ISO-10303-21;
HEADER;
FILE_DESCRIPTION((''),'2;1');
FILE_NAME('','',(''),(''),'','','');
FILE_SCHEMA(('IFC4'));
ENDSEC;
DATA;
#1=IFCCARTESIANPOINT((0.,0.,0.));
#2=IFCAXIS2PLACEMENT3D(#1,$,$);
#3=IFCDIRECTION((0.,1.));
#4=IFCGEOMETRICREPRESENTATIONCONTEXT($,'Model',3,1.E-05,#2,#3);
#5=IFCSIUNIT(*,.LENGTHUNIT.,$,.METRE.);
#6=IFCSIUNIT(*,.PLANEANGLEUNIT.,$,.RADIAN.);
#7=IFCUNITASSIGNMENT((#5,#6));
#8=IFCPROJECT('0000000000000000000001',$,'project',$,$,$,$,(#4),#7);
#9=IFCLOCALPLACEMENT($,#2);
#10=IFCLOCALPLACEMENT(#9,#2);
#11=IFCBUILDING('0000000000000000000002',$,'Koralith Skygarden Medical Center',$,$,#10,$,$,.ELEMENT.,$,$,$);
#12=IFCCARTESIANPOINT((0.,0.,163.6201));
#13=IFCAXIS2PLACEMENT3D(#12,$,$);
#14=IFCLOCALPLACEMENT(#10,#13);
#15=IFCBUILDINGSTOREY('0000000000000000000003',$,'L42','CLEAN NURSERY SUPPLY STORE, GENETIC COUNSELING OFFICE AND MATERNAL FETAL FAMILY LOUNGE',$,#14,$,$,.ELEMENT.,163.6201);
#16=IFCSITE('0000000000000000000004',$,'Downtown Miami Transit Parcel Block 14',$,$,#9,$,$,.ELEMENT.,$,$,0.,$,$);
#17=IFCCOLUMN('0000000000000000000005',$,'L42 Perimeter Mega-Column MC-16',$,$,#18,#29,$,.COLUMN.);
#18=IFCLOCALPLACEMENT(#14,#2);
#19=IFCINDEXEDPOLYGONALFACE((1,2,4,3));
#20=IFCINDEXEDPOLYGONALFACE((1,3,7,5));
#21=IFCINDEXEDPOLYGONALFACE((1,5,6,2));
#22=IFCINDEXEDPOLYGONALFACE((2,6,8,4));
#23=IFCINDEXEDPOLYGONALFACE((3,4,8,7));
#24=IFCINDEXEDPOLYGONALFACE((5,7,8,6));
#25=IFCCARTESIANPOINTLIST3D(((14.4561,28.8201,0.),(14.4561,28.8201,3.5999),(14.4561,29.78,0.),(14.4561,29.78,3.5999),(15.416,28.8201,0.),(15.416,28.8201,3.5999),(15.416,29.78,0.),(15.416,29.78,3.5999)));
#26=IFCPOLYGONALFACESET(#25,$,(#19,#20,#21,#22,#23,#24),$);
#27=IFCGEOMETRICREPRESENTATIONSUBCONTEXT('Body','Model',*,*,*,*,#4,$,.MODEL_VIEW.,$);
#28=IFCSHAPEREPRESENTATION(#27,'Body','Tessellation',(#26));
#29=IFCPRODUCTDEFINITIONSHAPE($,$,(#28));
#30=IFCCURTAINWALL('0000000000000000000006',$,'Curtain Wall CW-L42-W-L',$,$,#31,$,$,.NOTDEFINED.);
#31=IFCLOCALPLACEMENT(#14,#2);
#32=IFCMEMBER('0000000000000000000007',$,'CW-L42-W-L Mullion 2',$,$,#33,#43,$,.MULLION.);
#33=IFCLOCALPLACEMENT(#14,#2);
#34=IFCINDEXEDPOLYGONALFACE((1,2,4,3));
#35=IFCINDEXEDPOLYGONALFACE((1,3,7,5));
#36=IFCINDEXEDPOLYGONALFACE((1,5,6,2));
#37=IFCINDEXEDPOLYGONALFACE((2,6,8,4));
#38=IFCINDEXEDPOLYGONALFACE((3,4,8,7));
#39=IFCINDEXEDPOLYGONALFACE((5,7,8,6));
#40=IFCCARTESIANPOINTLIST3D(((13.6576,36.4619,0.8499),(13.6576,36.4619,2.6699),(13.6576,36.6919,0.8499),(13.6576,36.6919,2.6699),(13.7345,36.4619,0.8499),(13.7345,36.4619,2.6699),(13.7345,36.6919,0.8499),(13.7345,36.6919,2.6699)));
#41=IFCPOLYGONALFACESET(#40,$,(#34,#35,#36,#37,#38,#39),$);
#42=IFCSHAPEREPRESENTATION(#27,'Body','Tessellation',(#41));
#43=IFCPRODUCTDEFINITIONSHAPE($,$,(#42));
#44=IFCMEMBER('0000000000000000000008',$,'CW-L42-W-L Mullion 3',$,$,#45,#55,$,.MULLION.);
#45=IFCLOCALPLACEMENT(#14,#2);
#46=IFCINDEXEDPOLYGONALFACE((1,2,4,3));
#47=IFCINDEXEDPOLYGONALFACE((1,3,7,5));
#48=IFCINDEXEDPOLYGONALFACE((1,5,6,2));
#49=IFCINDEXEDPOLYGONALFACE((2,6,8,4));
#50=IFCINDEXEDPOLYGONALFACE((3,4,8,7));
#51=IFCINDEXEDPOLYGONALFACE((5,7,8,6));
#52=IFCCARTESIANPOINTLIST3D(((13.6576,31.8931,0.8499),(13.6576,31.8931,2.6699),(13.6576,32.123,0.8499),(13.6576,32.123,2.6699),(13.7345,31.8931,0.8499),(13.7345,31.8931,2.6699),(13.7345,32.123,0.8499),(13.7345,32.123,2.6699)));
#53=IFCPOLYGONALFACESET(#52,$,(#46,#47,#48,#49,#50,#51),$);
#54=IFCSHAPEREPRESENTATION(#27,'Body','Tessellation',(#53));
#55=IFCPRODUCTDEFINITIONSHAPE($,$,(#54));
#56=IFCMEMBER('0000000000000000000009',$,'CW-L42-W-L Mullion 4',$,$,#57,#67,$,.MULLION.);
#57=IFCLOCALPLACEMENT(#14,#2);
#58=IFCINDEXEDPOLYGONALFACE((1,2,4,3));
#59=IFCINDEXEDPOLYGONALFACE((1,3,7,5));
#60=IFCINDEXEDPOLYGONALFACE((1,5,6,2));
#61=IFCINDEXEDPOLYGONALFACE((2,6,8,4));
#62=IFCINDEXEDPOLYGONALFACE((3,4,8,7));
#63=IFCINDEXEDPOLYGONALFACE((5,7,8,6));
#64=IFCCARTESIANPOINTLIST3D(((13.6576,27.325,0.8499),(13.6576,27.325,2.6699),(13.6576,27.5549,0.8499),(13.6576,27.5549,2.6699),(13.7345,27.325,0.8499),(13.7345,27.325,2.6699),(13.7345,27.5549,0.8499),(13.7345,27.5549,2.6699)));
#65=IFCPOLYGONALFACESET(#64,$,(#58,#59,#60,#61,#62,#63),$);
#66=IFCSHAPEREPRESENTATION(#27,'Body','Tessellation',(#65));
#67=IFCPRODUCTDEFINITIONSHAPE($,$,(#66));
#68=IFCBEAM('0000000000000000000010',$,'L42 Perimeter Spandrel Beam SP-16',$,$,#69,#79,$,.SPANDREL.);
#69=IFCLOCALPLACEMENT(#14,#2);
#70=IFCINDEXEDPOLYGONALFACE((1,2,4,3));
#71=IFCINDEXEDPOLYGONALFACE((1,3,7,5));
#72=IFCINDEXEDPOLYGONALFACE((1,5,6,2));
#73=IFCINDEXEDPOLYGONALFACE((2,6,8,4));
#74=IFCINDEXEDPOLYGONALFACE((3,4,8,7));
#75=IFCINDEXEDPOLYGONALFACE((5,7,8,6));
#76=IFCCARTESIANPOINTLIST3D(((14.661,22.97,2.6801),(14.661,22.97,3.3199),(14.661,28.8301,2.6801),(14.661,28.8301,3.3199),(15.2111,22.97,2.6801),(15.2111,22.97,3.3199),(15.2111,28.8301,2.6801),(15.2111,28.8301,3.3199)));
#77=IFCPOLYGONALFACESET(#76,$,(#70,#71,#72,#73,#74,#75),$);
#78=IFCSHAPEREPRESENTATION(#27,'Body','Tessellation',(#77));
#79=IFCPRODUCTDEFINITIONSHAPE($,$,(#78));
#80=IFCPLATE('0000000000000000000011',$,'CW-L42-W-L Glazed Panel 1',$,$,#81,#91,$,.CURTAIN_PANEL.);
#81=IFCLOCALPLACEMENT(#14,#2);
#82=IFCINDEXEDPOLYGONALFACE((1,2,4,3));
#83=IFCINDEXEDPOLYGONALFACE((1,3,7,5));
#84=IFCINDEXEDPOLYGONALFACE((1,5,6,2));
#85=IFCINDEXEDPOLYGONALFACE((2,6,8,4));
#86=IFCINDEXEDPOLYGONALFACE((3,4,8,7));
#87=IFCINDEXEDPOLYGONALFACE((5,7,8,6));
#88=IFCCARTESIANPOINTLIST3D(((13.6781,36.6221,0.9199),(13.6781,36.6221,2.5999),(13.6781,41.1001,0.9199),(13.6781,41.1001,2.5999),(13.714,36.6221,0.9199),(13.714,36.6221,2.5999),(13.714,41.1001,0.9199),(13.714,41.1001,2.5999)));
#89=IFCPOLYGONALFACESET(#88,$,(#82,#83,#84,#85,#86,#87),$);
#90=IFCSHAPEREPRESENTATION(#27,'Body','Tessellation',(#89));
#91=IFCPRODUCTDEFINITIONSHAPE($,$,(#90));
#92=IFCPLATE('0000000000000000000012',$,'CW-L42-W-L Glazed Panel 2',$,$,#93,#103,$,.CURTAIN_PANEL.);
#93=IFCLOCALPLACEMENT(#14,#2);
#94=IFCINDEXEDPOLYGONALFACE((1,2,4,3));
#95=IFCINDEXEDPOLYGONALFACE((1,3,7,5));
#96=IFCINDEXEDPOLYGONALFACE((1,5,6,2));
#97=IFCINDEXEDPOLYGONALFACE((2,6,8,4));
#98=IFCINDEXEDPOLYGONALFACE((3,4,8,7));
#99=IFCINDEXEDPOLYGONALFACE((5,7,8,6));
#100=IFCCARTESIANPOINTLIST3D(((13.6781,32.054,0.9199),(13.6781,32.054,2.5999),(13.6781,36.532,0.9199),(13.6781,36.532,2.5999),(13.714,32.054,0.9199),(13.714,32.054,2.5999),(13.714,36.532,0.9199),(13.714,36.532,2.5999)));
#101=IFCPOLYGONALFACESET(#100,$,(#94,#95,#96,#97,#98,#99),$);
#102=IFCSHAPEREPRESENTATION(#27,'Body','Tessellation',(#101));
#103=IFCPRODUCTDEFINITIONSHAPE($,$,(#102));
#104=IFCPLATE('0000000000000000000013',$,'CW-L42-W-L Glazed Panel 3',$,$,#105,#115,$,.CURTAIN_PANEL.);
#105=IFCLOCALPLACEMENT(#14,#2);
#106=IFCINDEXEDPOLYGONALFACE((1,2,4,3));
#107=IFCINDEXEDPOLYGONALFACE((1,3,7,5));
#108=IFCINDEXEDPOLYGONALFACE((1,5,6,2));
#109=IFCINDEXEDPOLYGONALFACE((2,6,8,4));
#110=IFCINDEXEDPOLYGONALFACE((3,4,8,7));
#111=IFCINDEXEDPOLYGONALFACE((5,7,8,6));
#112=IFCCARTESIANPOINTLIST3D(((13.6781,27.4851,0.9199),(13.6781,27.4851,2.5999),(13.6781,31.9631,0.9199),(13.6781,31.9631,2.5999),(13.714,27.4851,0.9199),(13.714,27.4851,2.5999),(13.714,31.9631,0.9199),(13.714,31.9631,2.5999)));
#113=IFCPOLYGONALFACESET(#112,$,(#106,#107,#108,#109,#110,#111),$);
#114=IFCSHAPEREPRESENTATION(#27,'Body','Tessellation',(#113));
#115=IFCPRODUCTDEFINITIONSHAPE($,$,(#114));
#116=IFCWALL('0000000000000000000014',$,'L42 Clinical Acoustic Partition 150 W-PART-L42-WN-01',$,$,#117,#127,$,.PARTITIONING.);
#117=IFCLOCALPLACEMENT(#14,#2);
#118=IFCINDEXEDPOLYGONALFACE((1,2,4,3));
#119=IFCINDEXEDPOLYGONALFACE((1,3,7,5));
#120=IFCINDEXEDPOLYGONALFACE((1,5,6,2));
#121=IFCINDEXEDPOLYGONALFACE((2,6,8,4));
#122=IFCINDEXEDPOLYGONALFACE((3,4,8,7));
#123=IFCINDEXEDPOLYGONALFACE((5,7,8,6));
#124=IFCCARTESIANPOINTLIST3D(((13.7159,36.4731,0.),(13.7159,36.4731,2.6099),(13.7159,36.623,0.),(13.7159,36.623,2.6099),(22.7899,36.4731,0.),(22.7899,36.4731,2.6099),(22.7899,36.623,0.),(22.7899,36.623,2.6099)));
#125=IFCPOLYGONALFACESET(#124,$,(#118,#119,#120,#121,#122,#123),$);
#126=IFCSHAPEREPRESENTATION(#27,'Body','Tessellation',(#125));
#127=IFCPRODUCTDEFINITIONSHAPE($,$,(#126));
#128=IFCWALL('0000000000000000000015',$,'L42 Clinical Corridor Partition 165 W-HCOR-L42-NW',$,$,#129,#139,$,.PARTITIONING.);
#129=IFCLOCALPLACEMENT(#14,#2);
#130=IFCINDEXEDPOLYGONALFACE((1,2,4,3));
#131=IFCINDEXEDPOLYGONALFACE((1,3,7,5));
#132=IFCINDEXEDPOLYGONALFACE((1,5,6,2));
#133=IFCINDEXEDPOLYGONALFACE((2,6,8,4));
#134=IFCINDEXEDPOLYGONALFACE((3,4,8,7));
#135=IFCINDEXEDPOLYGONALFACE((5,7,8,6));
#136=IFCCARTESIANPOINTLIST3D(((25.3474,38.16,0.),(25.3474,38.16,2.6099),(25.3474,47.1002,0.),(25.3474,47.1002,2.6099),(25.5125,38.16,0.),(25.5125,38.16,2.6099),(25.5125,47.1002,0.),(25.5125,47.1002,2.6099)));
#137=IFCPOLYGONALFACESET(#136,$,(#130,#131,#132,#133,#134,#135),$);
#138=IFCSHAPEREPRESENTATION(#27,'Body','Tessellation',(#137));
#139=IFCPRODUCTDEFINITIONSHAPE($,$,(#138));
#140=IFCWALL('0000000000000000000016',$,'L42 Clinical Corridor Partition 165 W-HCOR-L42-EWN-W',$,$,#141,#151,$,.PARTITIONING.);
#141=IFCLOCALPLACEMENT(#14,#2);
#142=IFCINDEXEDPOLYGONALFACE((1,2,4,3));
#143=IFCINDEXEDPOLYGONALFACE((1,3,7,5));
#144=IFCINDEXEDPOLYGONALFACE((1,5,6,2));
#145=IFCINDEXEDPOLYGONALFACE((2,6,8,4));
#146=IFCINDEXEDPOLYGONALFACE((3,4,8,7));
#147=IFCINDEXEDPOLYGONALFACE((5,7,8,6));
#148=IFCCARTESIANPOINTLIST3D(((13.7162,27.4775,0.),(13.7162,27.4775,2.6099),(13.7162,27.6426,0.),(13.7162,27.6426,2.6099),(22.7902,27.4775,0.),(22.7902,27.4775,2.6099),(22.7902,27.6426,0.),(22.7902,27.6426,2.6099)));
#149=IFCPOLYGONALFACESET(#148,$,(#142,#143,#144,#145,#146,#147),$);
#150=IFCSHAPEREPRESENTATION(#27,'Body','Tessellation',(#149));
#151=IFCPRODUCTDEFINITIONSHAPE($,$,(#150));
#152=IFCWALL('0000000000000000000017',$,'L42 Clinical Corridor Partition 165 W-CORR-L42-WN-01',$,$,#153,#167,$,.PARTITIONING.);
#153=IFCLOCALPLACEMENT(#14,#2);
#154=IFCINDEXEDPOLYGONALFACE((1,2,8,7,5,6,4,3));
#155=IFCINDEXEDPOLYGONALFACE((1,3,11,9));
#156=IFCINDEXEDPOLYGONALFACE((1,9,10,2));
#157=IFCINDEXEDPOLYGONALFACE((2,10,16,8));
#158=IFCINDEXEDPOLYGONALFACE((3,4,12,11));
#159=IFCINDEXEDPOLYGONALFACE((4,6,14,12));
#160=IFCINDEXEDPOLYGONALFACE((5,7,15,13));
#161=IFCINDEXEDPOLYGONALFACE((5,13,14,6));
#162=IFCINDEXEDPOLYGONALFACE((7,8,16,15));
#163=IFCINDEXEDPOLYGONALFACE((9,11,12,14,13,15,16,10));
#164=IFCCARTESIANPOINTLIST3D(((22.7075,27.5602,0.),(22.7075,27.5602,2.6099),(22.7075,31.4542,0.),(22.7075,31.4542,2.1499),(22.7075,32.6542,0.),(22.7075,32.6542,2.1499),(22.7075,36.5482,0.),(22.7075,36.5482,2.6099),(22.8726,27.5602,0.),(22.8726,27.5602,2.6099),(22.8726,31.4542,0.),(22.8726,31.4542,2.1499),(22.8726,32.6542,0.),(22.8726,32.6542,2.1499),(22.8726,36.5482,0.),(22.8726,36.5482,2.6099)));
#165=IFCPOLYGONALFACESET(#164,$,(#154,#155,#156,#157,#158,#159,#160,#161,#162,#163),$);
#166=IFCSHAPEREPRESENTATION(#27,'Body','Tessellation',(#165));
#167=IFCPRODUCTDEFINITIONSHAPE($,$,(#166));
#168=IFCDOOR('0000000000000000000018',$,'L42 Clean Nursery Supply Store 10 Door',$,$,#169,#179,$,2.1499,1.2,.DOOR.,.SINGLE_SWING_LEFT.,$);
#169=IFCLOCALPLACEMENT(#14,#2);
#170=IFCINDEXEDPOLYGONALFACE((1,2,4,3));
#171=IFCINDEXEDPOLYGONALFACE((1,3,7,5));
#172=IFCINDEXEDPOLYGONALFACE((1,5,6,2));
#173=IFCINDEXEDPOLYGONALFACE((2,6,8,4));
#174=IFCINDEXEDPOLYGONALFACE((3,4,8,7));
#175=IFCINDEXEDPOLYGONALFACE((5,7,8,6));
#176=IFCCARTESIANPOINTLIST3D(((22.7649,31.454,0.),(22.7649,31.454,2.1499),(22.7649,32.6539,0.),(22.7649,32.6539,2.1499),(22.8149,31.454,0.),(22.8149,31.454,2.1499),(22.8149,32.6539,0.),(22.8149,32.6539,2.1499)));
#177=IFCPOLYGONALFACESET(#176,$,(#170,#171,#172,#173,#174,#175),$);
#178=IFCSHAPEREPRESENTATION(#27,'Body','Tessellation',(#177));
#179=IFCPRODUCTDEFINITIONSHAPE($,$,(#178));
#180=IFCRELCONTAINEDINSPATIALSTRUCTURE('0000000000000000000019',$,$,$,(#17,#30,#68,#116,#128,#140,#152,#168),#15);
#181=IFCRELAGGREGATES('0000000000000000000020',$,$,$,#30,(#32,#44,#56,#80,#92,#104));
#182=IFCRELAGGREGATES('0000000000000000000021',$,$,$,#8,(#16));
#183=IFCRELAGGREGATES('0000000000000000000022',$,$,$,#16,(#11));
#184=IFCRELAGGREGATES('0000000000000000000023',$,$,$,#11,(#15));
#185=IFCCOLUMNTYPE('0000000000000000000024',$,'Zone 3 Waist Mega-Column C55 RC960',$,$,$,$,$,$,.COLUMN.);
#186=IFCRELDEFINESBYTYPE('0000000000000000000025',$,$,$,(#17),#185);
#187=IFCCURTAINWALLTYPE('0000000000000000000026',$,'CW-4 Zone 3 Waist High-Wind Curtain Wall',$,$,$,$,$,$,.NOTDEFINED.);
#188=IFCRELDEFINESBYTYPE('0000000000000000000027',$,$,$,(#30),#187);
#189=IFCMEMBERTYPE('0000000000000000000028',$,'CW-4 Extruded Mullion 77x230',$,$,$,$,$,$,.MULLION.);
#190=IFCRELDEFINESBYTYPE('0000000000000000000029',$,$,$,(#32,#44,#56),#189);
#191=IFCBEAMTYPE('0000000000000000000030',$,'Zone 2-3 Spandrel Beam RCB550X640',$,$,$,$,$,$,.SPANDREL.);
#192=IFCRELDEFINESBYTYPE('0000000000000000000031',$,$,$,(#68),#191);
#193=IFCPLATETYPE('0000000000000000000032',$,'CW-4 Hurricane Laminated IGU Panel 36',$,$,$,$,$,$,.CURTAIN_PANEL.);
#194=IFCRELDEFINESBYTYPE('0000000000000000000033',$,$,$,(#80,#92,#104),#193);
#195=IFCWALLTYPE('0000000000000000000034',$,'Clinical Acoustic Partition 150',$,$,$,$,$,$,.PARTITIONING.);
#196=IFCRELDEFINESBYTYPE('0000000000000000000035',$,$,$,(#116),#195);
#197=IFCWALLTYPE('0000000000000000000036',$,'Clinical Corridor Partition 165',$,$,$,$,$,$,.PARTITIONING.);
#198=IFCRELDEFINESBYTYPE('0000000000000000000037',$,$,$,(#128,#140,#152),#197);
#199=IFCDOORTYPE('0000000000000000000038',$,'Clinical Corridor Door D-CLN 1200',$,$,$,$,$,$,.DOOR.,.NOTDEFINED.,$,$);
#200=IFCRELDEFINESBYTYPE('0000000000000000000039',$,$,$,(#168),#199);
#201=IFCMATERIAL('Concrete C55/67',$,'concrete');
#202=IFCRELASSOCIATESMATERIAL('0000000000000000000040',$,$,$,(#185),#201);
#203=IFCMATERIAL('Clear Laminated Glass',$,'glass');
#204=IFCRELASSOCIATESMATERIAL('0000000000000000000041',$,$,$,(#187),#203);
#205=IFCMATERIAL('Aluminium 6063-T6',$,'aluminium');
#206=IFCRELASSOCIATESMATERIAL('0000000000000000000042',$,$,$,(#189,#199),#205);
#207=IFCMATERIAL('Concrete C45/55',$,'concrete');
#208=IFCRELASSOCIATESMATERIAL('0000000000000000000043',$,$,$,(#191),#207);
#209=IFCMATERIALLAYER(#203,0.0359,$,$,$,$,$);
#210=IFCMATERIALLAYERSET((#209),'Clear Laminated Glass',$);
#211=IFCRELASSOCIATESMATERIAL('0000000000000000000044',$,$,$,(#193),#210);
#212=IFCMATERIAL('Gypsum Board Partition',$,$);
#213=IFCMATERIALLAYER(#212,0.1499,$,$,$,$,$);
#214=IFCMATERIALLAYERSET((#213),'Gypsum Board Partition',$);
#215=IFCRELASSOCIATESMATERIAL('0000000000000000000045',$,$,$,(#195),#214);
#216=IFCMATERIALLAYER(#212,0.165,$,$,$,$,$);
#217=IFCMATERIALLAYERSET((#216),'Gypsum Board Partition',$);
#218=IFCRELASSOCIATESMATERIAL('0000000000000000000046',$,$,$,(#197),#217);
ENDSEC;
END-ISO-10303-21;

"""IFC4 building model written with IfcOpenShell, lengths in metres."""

from ifc_helpers import new_model, si_unit, direction, frame, frame_2d, origin, origin_2d, place, context, subcontext, project, spatial, rectangle, extrude, material, layer, layer_set, material_profile, profile_set, type_object, element, fill, aggregate, save


model = new_model("IFC4")

# Units and contexts
model_context = context("Model", 3, precision=1e-05, world=origin(), true_north=direction((0.0, 1.0)))
body_context = subcontext(model_context, "Body", "Model", "MODEL_VIEW")
ifc_project = project(units=[si_unit("LENGTHUNIT", "METRE"), si_unit("PLANEANGLEUNIT", "RADIAN")], contexts=[model_context])

# Site, building, storey
site_placement = place(None, origin())
site = spatial("IfcSite", under=ifc_project, at=site_placement, Name="Downtown Miami Transit Parcel Block 14", CompositionType="ELEMENT", RefElevation=0.0)
building_placement = place(site_placement, origin())
building = spatial("IfcBuilding", under=site, at=building_placement, Name="Koralith Skygarden Medical Center", CompositionType="ELEMENT")
storey_placement = place(building_placement, frame((0.0, 0.0, 163.6201)))
storey = spatial("IfcBuildingStorey", under=building, at=storey_placement, Name="L42", Description="CLEAN NURSERY SUPPLY STORE, GENETIC COUNSELING OFFICE AND MATERNAL FETAL FAMILY LOUNGE", CompositionType="ELEMENT", Elevation=163.6201)

# Column
ifc_material_1 = material(Name="Concrete C55/67", Category="concrete")
ifc_material_profile_1 = material_profile(ifc_material_1, rectangle(XDim=0.96, YDim=0.96, at=origin_2d()), Name="RC960X960")
ifc_profile_set_1 = profile_set([ifc_material_profile_1], Name="Concrete C55/67")
column_type = type_object("IfcColumnType", Name="Zone 3 Waist Mega-Column C55 RC960", PredefinedType="COLUMN", material=ifc_profile_set_1)
column_placement = place(storey_placement, frame((14.936, 29.3, 0.0), z_axis=(0.0, 0.0, 1.0), x_axis=(1.0, 0.0, 0.0)))
element("IfcColumn", 1, at=column_placement, inside=storey, type_object=column_type, Name="L42 Perimeter Mega-Column MC-16", PredefinedType="COLUMN", context=body_context, shape_type="SweptSolid", body=[
    extrude(rectangle(XDim=0.96, YDim=0.96, at=origin_2d()), origin(), (0.0, 0.0, 1.0), 3.5999),
])

# Curtain wall, members
ifc_material_2 = material(Name="Clear Laminated Glass", Category="glass")
curtain_wall_type = type_object("IfcCurtainWallType", Name="CW-4 Zone 3 Waist High-Wind Curtain Wall", PredefinedType="NOTDEFINED", material=ifc_material_2)
curtain_wall_placement = place(storey_placement, origin())
curtain_wall = element("IfcCurtainWall", 2, at=curtain_wall_placement, inside=storey, type_object=curtain_wall_type, Name="Curtain Wall CW-L42-W-L", PredefinedType="NOTDEFINED")
ifc_material_3 = material(Name="Aluminium 6063-T6", Category="aluminium")
ifc_material_profile_2 = material_profile(ifc_material_3, rectangle(XDim=0.0769, YDim=0.23, at=origin_2d()), Name="MUL77X230")
ifc_profile_set_2 = profile_set([ifc_material_profile_2], Name="Aluminium 6063-T6")
member_type = type_object("IfcMemberType", Name="CW-4 Extruded Mullion 77x230", PredefinedType="MULLION", material=ifc_profile_set_2)
member_1_placement = place(storey_placement, frame((13.696, 36.5769, 0.8499), z_axis=(0.0, 0.0, 1.0), x_axis=(1.0, 0.0, 0.0)))
member_1 = element("IfcMember", 3, at=member_1_placement, type_object=member_type, Name="CW-L42-W-L Mullion 2", PredefinedType="MULLION", context=body_context, shape_type="SweptSolid", body=[
    extrude(rectangle(XDim=0.0769, YDim=0.23, at=origin_2d()), origin(), (0.0, 0.0, 1.0), 1.8201),
])
member_2_placement = place(storey_placement, frame((13.696, 32.0081, 0.8499), z_axis=(0.0, 0.0, 1.0), x_axis=(1.0, 0.0, 0.0)))
member_2 = element("IfcMember", 4, at=member_2_placement, type_object=member_type, Name="CW-L42-W-L Mullion 3", PredefinedType="MULLION", context=body_context, shape_type="SweptSolid", body=[
    extrude(rectangle(XDim=0.0769, YDim=0.23, at=origin_2d()), origin(), (0.0, 0.0, 1.0), 1.8201),
])
member_3_placement = place(storey_placement, frame((13.696, 27.4399, 0.8499), z_axis=(0.0, 0.0, 1.0), x_axis=(1.0, 0.0, 0.0)))
member_3 = element("IfcMember", 5, at=member_3_placement, type_object=member_type, Name="CW-L42-W-L Mullion 4", PredefinedType="MULLION", context=body_context, shape_type="SweptSolid", body=[
    extrude(rectangle(XDim=0.0769, YDim=0.23, at=origin_2d()), origin(), (0.0, 0.0, 1.0), 1.8201),
])

# Beam
ifc_material_4 = material(Name="Concrete C45/55", Category="concrete")
ifc_material_profile_3 = material_profile(ifc_material_4, rectangle(XDim=0.55, YDim=0.6399, at=origin_2d()), Name="RCB550X640")
ifc_profile_set_3 = profile_set([ifc_material_profile_3], Name="Concrete C45/55")
beam_type = type_object("IfcBeamType", Name="Zone 2-3 Spandrel Beam RCB550X640", PredefinedType="SPANDREL", material=ifc_profile_set_3)
beam_placement = place(storey_placement, frame((14.936, 28.8301, 3.0), z_axis=(0.0, -1.0, 0.0), x_axis=(1.0, 0.0, 0.0)))
element("IfcBeam", 6, at=beam_placement, inside=storey, type_object=beam_type, Name="L42 Perimeter Spandrel Beam SP-16", PredefinedType="SPANDREL", context=body_context, shape_type="SweptSolid", body=[
    extrude(rectangle(XDim=0.55, YDim=0.6399, at=origin_2d()), origin(), (0.0, 0.0, 1.0), 5.8601),
])

# Plates
ifc_layer_1 = layer(ifc_material_2, 0.0359)
ifc_layer_set_1 = layer_set([ifc_layer_1], Name="Clear Laminated Glass")
plate_type = type_object("IfcPlateType", Name="CW-4 Hurricane Laminated IGU Panel 36", PredefinedType="CURTAIN_PANEL", material=ifc_layer_set_1)
plate_1_placement = place(storey_placement, frame((13.696, 38.8611, 0.9199), z_axis=(0.0, 0.0, 1.0), x_axis=(0.0, -1.0, 0.0)))
plate_1 = element("IfcPlate", 7, at=plate_1_placement, type_object=plate_type, Name="CW-L42-W-L Glazed Panel 1", PredefinedType="CURTAIN_PANEL", context=body_context, shape_type="SweptSolid", body=[
    extrude(rectangle(XDim=4.478, YDim=0.0359, at=origin_2d()), origin(), (0.0, 0.0, 1.0), 1.6799),
])
plate_2_placement = place(storey_placement, frame((13.696, 34.293, 0.9199), z_axis=(0.0, 0.0, 1.0), x_axis=(0.0, -1.0, 0.0)))
plate_2 = element("IfcPlate", 8, at=plate_2_placement, type_object=plate_type, Name="CW-L42-W-L Glazed Panel 2", PredefinedType="CURTAIN_PANEL", context=body_context, shape_type="SweptSolid", body=[
    extrude(rectangle(XDim=4.478, YDim=0.0359, at=origin_2d()), origin(), (0.0, 0.0, 1.0), 1.6799),
])
plate_3_placement = place(storey_placement, frame((13.696, 29.7241, 0.9199), z_axis=(0.0, 0.0, 1.0), x_axis=(0.0, -1.0, 0.0)))
plate_3 = element("IfcPlate", 9, at=plate_3_placement, type_object=plate_type, Name="CW-L42-W-L Glazed Panel 3", PredefinedType="CURTAIN_PANEL", context=body_context, shape_type="SweptSolid", body=[
    extrude(rectangle(XDim=4.478, YDim=0.0359, at=origin_2d()), origin(), (0.0, 0.0, 1.0), 1.6799),
])
aggregate(curtain_wall, [member_1, member_2, member_3, plate_1, plate_2, plate_3])

# Walls
ifc_material_5 = material(Name="Gypsum Board Partition")
ifc_layer_2 = layer(ifc_material_5, 0.1499)
ifc_layer_set_2 = layer_set([ifc_layer_2], Name="Gypsum Board Partition")
wall_type_1 = type_object("IfcWallType", Name="Clinical Acoustic Partition 150", PredefinedType="PARTITIONING", material=ifc_layer_set_2)
wall_1_placement = place(storey_placement, frame((22.79, 36.5481, 0.0), z_axis=(0.0, 0.0, 1.0), x_axis=(-1.0, 0.0, 0.0)))
element("IfcWall", 10, at=wall_1_placement, inside=storey, type_object=wall_type_1, Name="L42 Clinical Acoustic Partition 150 W-PART-L42-WN-01", PredefinedType="PARTITIONING", context=body_context, shape_type="SweptSolid", body=[
    extrude(rectangle(XDim=9.074, YDim=0.1499, at=frame_2d((4.5371, 0.0))), origin(), (0.0, 0.0, 1.0), 2.6099),
])
ifc_layer_3 = layer(ifc_material_5, 0.165)
ifc_layer_set_3 = layer_set([ifc_layer_3], Name="Gypsum Board Partition")
wall_type_2 = type_object("IfcWallType", Name="Clinical Corridor Partition 165", PredefinedType="PARTITIONING", material=ifc_layer_set_3)
wall_2_placement = place(storey_placement, frame((25.4299, 38.1599, 0.0), z_axis=(0.0, 0.0, 1.0), x_axis=(0.0, 1.0, 0.0)))
element("IfcWall", 11, at=wall_2_placement, inside=storey, type_object=wall_type_2, Name="L42 Clinical Corridor Partition 165 W-HCOR-L42-NW", PredefinedType="PARTITIONING", context=body_context, shape_type="SweptSolid", body=[
    extrude(rectangle(XDim=8.9402, YDim=0.165, at=frame_2d((4.4702, 0.0))), origin(), (0.0, 0.0, 1.0), 2.6099),
])
wall_3_placement = place(storey_placement, frame((13.7161, 27.5601, 0.0), z_axis=(0.0, 0.0, 1.0), x_axis=(1.0, 0.0, 0.0)))
element("IfcWall", 12, at=wall_3_placement, inside=storey, type_object=wall_type_2, Name="L42 Clinical Corridor Partition 165 W-HCOR-L42-EWN-W", PredefinedType="PARTITIONING", context=body_context, shape_type="SweptSolid", body=[
    extrude(rectangle(XDim=9.074, YDim=0.165, at=frame_2d((4.5371, 0.0))), origin(), (0.0, 0.0, 1.0), 2.6099),
])

# Wall, opening, door
door_type_1 = type_object("IfcDoorType", Name="Clinical Corridor Door D-CLN 1200", OperationType="NOTDEFINED", PredefinedType="DOOR", material=ifc_material_3)
wall_4_placement = place(storey_placement, frame((22.79, 27.5601, 0.0), z_axis=(0.0, 0.0, 1.0), x_axis=(0.0, 1.0, 0.0)))
wall_4 = element("IfcWall", 13, at=wall_4_placement, inside=storey, type_object=wall_type_2, Name="L42 Clinical Corridor Partition 165 W-CORR-L42-WN-01", PredefinedType="PARTITIONING", context=body_context, shape_type="SweptSolid", body=[
    extrude(rectangle(XDim=8.988, YDim=0.165, at=frame_2d((4.4941, 0.0))), origin(), (0.0, 0.0, 1.0), 2.6099),
])
opening_1_placement = place(wall_4_placement, frame((3.894, 0.0, 0.0)))
opening_1 = element("IfcOpeningElement", 14, at=opening_1_placement, cuts=wall_4, PredefinedType="OPENING", context=body_context, shape_type="SweptSolid", body=[
    extrude(rectangle(XDim=1.2, YDim=2.1499, at=frame_2d((0.6001, 1.075))), frame((0.0, 0.0925, 0.0), z_axis=(0.0, -1.0, 0.0), x_axis=(1.0, 0.0, 0.0)), (0.0, 0.0, 1.0), 0.1851),
])
door_1_placement = place(opening_1_placement, frame((1.2, 0.0, 0.0), z_axis=(0.0, 0.0, 1.0), x_axis=(-1.0, 0.0, 0.0)))
door_1 = element("IfcDoor", 15, at=door_1_placement, inside=storey, type_object=door_type_1, Name="L42 Clean Nursery Supply Store 10 Door", OperationType="SINGLE_SWING_LEFT", OverallHeight=2.1499, OverallWidth=1.2, PredefinedType="DOOR", context=body_context, shape_type="SweptSolid", body=[
    extrude(rectangle(XDim=1.2, YDim=2.1499, at=frame_2d((0.6001, 1.075))), frame((0.0, 0.0249, 0.0), z_axis=(0.0, -1.0, 0.0), x_axis=(1.0, 0.0, 0.0)), (0.0, 0.0, 1.0), 0.05),
])
fill(opening_1, door_1)

save(model, "model.ifc")
